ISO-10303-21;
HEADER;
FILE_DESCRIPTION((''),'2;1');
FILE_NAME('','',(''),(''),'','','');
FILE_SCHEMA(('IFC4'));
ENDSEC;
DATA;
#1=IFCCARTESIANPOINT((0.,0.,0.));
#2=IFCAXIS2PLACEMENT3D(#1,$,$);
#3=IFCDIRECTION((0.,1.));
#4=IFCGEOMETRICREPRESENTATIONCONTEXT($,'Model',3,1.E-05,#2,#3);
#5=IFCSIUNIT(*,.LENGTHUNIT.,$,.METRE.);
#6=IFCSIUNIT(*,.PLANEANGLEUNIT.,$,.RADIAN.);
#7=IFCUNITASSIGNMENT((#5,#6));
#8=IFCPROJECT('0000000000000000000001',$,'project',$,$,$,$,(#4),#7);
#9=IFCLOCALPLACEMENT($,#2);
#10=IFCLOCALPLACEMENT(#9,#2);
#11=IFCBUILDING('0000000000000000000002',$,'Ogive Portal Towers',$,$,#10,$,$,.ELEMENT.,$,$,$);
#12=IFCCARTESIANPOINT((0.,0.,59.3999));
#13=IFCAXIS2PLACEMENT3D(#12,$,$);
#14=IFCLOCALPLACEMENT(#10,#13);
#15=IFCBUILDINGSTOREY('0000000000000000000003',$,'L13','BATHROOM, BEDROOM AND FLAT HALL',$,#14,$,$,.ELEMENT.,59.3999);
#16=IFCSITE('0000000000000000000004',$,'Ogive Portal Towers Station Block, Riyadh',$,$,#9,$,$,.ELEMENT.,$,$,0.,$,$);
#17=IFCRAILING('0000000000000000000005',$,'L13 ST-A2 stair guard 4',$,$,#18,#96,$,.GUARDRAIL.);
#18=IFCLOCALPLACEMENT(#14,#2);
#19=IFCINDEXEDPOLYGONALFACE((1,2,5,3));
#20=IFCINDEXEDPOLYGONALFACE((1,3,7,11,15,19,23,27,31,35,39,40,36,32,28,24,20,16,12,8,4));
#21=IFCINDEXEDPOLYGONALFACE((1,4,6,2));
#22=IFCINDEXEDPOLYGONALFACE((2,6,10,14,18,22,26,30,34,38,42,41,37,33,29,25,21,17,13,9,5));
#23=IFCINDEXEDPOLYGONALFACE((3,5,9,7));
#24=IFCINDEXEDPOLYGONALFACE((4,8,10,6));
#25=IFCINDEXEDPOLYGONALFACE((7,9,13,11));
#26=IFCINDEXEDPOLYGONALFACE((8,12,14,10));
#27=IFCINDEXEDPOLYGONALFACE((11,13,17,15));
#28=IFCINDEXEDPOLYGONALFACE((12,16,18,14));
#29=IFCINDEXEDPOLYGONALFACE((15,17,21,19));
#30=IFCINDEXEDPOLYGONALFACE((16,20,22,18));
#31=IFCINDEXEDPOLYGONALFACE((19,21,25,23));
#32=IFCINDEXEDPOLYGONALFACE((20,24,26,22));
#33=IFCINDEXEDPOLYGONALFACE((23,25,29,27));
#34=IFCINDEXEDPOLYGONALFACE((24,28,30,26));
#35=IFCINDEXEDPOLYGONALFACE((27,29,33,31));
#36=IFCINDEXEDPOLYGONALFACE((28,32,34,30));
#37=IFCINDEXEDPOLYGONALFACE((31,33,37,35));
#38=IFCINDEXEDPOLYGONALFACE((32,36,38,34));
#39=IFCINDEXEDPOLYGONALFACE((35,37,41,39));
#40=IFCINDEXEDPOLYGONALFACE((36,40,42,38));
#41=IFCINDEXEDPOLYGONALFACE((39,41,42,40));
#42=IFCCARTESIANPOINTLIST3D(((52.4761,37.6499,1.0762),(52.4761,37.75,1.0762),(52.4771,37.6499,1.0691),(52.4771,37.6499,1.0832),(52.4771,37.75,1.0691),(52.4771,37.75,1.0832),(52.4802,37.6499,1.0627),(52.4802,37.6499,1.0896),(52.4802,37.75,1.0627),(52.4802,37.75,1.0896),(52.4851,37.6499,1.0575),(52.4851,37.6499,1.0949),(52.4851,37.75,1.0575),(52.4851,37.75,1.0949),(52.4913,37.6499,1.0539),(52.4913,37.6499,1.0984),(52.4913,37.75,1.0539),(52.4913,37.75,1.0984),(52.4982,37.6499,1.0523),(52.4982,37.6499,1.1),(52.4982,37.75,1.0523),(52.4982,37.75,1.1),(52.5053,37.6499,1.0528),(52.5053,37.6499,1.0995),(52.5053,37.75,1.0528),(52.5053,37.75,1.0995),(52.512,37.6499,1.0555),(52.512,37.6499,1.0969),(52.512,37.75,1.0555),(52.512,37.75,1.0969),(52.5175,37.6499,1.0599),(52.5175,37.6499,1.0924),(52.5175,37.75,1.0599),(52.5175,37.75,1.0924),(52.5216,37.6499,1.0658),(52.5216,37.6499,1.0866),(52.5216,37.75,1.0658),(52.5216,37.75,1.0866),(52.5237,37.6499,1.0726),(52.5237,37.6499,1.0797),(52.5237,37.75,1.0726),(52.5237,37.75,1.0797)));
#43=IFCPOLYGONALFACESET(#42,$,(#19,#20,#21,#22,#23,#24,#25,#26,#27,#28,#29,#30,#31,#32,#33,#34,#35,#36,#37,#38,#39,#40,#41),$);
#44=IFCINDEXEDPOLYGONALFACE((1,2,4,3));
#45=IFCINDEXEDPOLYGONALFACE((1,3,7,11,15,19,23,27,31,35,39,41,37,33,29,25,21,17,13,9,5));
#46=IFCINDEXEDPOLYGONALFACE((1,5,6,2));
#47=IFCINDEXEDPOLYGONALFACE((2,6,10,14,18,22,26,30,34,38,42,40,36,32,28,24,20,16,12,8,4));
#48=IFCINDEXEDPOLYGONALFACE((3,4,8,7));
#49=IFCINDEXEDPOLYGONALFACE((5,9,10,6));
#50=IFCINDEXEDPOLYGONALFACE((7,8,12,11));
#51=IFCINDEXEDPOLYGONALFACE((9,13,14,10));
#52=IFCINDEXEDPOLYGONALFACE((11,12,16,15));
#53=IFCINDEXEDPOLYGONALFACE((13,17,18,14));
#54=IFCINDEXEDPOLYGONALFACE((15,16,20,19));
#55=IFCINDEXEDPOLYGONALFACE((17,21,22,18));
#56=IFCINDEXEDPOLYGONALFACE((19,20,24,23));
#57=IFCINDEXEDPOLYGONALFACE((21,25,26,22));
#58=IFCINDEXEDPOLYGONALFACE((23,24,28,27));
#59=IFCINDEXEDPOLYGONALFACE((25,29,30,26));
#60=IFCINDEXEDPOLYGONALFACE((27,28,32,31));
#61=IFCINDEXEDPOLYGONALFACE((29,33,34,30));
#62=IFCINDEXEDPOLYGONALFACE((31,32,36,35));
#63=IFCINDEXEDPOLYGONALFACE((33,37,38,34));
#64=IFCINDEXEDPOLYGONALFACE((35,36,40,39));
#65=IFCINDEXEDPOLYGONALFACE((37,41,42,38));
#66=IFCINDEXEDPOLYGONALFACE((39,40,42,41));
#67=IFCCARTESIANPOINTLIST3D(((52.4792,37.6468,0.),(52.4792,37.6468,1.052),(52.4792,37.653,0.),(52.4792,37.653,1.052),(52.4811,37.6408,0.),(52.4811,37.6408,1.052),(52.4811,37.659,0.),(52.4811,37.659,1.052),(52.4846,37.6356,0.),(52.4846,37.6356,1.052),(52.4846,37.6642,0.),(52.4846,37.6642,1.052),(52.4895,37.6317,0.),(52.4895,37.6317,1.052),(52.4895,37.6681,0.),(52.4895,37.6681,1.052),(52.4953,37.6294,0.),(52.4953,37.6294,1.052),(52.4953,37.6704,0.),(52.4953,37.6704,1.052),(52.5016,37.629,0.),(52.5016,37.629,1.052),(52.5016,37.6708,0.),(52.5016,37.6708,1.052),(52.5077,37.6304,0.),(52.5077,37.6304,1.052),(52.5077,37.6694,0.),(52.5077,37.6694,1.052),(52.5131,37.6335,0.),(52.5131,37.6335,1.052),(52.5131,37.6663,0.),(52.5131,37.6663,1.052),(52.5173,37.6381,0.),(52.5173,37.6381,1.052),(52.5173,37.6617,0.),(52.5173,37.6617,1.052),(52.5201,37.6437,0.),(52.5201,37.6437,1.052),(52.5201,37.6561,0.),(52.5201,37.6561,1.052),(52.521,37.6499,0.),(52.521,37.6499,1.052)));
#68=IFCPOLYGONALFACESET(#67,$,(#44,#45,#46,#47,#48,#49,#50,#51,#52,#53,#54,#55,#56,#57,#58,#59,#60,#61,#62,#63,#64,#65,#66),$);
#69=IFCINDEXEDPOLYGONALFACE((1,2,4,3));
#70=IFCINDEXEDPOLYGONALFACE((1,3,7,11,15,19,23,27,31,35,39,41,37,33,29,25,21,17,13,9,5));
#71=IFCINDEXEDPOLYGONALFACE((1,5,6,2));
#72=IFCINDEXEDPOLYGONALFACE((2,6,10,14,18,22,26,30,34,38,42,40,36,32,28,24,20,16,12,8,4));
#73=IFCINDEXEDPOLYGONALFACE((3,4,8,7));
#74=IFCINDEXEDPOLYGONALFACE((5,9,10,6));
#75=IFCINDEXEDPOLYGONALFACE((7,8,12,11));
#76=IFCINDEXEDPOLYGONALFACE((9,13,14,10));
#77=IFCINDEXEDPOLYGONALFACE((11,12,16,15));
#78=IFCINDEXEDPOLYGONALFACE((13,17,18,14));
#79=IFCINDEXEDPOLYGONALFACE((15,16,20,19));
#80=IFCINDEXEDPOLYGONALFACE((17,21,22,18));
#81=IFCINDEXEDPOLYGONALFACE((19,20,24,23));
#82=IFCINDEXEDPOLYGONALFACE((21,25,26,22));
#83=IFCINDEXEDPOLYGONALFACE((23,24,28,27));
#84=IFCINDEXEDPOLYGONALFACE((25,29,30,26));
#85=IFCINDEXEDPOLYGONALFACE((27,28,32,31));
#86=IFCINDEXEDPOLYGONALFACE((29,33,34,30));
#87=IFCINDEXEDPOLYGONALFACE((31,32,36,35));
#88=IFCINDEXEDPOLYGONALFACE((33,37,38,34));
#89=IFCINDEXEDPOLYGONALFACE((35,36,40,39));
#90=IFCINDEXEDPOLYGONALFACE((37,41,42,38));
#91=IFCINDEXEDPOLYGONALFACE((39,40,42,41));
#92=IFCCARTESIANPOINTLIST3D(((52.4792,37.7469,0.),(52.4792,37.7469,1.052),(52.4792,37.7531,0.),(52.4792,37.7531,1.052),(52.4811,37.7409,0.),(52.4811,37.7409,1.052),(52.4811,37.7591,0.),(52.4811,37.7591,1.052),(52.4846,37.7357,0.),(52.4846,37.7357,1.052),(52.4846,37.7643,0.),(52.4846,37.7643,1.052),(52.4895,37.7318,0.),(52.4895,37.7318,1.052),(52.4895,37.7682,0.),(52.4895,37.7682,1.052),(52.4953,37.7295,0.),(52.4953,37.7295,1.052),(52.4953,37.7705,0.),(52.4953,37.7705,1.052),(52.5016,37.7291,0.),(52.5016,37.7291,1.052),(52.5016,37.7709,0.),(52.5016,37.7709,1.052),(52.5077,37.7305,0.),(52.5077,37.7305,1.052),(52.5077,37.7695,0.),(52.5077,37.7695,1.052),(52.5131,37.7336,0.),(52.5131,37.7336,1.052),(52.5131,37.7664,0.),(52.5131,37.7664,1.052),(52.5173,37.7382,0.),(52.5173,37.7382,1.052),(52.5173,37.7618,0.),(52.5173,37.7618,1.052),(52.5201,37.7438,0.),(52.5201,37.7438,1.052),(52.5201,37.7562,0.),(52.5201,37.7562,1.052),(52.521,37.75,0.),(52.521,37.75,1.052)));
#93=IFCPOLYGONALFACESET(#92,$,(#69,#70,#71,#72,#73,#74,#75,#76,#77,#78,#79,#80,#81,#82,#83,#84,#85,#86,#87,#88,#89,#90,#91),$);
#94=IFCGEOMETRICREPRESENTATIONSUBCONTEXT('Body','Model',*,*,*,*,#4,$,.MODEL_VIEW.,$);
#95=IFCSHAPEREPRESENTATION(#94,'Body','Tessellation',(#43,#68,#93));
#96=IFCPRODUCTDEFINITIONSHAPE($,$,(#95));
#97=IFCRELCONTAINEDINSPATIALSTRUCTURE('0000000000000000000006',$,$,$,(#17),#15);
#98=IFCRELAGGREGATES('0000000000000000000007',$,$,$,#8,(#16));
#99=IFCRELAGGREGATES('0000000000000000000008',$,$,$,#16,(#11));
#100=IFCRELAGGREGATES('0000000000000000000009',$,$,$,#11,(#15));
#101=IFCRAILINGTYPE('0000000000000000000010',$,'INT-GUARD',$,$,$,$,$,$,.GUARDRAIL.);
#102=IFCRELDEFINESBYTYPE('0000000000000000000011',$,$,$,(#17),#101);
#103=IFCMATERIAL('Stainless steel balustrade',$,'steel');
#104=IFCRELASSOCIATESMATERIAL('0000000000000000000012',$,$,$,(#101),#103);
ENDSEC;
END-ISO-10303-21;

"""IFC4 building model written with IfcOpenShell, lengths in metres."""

from ifc_helpers import new_model, si_unit, direction, frame, origin, origin_2d, place, context, subcontext, project, spatial, circle, extrude, material, type_object, element, save


model = new_model("IFC4")

# Units and contexts
model_context = context("Model", 3, precision=1e-05, world=origin(), true_north=direction((0.0, 1.0)))
body_context = subcontext(model_context, "Body", "Model", "MODEL_VIEW")
ifc_project = project(units=[si_unit("LENGTHUNIT", "METRE"), si_unit("PLANEANGLEUNIT", "RADIAN")], contexts=[model_context])

# Site, building, storey
site_placement = place(None, origin())
site = spatial("IfcSite", under=ifc_project, at=site_placement, Name="Ogive Portal Towers Station Block, Riyadh", CompositionType="ELEMENT", RefElevation=0.0)
building_placement = place(site_placement, origin())
building = spatial("IfcBuilding", under=site, at=building_placement, Name="Ogive Portal Towers", CompositionType="ELEMENT")
storey_placement = place(building_placement, frame((0.0, 0.0, 59.3999)))
storey = spatial("IfcBuildingStorey", under=building, at=storey_placement, Name="L13", Description="BATHROOM, BEDROOM AND FLAT HALL", CompositionType="ELEMENT", Elevation=59.3999)

# Railing
ifc_material_1 = material(Name="Stainless steel balustrade", Category="steel")
railing_type_1 = type_object("IfcRailingType", Name="INT-GUARD", PredefinedType="GUARDRAIL", material=ifc_material_1)
railing_1_placement = place(storey_placement, frame((52.5, 37.6499, 0.0)))
element("IfcRailing", 1, at=railing_1_placement, inside=storey, type_object=railing_type_1, Name="L13 ST-A2 stair guard 4", PredefinedType="GUARDRAIL", context=body_context, shape_type="SweptSolid", body=[
    extrude(circle(Radius=0.0239, at=origin_2d()), frame((0.0, 0.0, 1.0762), z_axis=(0.0, 1.0, 0.0), x_axis=(-1.0, 0.0, 0.0)), (0.0, 0.0, 1.0), 0.1001),
    extrude(circle(Radius=0.021, at=origin_2d()), origin(), (0.0, 0.0, 1.0), 1.052),
    extrude(circle(Radius=0.021, at=origin_2d()), frame((0.0, 0.1001, 0.0)), (0.0, 0.0, 1.0), 1.052),
])

save(model, "model.ifc")
